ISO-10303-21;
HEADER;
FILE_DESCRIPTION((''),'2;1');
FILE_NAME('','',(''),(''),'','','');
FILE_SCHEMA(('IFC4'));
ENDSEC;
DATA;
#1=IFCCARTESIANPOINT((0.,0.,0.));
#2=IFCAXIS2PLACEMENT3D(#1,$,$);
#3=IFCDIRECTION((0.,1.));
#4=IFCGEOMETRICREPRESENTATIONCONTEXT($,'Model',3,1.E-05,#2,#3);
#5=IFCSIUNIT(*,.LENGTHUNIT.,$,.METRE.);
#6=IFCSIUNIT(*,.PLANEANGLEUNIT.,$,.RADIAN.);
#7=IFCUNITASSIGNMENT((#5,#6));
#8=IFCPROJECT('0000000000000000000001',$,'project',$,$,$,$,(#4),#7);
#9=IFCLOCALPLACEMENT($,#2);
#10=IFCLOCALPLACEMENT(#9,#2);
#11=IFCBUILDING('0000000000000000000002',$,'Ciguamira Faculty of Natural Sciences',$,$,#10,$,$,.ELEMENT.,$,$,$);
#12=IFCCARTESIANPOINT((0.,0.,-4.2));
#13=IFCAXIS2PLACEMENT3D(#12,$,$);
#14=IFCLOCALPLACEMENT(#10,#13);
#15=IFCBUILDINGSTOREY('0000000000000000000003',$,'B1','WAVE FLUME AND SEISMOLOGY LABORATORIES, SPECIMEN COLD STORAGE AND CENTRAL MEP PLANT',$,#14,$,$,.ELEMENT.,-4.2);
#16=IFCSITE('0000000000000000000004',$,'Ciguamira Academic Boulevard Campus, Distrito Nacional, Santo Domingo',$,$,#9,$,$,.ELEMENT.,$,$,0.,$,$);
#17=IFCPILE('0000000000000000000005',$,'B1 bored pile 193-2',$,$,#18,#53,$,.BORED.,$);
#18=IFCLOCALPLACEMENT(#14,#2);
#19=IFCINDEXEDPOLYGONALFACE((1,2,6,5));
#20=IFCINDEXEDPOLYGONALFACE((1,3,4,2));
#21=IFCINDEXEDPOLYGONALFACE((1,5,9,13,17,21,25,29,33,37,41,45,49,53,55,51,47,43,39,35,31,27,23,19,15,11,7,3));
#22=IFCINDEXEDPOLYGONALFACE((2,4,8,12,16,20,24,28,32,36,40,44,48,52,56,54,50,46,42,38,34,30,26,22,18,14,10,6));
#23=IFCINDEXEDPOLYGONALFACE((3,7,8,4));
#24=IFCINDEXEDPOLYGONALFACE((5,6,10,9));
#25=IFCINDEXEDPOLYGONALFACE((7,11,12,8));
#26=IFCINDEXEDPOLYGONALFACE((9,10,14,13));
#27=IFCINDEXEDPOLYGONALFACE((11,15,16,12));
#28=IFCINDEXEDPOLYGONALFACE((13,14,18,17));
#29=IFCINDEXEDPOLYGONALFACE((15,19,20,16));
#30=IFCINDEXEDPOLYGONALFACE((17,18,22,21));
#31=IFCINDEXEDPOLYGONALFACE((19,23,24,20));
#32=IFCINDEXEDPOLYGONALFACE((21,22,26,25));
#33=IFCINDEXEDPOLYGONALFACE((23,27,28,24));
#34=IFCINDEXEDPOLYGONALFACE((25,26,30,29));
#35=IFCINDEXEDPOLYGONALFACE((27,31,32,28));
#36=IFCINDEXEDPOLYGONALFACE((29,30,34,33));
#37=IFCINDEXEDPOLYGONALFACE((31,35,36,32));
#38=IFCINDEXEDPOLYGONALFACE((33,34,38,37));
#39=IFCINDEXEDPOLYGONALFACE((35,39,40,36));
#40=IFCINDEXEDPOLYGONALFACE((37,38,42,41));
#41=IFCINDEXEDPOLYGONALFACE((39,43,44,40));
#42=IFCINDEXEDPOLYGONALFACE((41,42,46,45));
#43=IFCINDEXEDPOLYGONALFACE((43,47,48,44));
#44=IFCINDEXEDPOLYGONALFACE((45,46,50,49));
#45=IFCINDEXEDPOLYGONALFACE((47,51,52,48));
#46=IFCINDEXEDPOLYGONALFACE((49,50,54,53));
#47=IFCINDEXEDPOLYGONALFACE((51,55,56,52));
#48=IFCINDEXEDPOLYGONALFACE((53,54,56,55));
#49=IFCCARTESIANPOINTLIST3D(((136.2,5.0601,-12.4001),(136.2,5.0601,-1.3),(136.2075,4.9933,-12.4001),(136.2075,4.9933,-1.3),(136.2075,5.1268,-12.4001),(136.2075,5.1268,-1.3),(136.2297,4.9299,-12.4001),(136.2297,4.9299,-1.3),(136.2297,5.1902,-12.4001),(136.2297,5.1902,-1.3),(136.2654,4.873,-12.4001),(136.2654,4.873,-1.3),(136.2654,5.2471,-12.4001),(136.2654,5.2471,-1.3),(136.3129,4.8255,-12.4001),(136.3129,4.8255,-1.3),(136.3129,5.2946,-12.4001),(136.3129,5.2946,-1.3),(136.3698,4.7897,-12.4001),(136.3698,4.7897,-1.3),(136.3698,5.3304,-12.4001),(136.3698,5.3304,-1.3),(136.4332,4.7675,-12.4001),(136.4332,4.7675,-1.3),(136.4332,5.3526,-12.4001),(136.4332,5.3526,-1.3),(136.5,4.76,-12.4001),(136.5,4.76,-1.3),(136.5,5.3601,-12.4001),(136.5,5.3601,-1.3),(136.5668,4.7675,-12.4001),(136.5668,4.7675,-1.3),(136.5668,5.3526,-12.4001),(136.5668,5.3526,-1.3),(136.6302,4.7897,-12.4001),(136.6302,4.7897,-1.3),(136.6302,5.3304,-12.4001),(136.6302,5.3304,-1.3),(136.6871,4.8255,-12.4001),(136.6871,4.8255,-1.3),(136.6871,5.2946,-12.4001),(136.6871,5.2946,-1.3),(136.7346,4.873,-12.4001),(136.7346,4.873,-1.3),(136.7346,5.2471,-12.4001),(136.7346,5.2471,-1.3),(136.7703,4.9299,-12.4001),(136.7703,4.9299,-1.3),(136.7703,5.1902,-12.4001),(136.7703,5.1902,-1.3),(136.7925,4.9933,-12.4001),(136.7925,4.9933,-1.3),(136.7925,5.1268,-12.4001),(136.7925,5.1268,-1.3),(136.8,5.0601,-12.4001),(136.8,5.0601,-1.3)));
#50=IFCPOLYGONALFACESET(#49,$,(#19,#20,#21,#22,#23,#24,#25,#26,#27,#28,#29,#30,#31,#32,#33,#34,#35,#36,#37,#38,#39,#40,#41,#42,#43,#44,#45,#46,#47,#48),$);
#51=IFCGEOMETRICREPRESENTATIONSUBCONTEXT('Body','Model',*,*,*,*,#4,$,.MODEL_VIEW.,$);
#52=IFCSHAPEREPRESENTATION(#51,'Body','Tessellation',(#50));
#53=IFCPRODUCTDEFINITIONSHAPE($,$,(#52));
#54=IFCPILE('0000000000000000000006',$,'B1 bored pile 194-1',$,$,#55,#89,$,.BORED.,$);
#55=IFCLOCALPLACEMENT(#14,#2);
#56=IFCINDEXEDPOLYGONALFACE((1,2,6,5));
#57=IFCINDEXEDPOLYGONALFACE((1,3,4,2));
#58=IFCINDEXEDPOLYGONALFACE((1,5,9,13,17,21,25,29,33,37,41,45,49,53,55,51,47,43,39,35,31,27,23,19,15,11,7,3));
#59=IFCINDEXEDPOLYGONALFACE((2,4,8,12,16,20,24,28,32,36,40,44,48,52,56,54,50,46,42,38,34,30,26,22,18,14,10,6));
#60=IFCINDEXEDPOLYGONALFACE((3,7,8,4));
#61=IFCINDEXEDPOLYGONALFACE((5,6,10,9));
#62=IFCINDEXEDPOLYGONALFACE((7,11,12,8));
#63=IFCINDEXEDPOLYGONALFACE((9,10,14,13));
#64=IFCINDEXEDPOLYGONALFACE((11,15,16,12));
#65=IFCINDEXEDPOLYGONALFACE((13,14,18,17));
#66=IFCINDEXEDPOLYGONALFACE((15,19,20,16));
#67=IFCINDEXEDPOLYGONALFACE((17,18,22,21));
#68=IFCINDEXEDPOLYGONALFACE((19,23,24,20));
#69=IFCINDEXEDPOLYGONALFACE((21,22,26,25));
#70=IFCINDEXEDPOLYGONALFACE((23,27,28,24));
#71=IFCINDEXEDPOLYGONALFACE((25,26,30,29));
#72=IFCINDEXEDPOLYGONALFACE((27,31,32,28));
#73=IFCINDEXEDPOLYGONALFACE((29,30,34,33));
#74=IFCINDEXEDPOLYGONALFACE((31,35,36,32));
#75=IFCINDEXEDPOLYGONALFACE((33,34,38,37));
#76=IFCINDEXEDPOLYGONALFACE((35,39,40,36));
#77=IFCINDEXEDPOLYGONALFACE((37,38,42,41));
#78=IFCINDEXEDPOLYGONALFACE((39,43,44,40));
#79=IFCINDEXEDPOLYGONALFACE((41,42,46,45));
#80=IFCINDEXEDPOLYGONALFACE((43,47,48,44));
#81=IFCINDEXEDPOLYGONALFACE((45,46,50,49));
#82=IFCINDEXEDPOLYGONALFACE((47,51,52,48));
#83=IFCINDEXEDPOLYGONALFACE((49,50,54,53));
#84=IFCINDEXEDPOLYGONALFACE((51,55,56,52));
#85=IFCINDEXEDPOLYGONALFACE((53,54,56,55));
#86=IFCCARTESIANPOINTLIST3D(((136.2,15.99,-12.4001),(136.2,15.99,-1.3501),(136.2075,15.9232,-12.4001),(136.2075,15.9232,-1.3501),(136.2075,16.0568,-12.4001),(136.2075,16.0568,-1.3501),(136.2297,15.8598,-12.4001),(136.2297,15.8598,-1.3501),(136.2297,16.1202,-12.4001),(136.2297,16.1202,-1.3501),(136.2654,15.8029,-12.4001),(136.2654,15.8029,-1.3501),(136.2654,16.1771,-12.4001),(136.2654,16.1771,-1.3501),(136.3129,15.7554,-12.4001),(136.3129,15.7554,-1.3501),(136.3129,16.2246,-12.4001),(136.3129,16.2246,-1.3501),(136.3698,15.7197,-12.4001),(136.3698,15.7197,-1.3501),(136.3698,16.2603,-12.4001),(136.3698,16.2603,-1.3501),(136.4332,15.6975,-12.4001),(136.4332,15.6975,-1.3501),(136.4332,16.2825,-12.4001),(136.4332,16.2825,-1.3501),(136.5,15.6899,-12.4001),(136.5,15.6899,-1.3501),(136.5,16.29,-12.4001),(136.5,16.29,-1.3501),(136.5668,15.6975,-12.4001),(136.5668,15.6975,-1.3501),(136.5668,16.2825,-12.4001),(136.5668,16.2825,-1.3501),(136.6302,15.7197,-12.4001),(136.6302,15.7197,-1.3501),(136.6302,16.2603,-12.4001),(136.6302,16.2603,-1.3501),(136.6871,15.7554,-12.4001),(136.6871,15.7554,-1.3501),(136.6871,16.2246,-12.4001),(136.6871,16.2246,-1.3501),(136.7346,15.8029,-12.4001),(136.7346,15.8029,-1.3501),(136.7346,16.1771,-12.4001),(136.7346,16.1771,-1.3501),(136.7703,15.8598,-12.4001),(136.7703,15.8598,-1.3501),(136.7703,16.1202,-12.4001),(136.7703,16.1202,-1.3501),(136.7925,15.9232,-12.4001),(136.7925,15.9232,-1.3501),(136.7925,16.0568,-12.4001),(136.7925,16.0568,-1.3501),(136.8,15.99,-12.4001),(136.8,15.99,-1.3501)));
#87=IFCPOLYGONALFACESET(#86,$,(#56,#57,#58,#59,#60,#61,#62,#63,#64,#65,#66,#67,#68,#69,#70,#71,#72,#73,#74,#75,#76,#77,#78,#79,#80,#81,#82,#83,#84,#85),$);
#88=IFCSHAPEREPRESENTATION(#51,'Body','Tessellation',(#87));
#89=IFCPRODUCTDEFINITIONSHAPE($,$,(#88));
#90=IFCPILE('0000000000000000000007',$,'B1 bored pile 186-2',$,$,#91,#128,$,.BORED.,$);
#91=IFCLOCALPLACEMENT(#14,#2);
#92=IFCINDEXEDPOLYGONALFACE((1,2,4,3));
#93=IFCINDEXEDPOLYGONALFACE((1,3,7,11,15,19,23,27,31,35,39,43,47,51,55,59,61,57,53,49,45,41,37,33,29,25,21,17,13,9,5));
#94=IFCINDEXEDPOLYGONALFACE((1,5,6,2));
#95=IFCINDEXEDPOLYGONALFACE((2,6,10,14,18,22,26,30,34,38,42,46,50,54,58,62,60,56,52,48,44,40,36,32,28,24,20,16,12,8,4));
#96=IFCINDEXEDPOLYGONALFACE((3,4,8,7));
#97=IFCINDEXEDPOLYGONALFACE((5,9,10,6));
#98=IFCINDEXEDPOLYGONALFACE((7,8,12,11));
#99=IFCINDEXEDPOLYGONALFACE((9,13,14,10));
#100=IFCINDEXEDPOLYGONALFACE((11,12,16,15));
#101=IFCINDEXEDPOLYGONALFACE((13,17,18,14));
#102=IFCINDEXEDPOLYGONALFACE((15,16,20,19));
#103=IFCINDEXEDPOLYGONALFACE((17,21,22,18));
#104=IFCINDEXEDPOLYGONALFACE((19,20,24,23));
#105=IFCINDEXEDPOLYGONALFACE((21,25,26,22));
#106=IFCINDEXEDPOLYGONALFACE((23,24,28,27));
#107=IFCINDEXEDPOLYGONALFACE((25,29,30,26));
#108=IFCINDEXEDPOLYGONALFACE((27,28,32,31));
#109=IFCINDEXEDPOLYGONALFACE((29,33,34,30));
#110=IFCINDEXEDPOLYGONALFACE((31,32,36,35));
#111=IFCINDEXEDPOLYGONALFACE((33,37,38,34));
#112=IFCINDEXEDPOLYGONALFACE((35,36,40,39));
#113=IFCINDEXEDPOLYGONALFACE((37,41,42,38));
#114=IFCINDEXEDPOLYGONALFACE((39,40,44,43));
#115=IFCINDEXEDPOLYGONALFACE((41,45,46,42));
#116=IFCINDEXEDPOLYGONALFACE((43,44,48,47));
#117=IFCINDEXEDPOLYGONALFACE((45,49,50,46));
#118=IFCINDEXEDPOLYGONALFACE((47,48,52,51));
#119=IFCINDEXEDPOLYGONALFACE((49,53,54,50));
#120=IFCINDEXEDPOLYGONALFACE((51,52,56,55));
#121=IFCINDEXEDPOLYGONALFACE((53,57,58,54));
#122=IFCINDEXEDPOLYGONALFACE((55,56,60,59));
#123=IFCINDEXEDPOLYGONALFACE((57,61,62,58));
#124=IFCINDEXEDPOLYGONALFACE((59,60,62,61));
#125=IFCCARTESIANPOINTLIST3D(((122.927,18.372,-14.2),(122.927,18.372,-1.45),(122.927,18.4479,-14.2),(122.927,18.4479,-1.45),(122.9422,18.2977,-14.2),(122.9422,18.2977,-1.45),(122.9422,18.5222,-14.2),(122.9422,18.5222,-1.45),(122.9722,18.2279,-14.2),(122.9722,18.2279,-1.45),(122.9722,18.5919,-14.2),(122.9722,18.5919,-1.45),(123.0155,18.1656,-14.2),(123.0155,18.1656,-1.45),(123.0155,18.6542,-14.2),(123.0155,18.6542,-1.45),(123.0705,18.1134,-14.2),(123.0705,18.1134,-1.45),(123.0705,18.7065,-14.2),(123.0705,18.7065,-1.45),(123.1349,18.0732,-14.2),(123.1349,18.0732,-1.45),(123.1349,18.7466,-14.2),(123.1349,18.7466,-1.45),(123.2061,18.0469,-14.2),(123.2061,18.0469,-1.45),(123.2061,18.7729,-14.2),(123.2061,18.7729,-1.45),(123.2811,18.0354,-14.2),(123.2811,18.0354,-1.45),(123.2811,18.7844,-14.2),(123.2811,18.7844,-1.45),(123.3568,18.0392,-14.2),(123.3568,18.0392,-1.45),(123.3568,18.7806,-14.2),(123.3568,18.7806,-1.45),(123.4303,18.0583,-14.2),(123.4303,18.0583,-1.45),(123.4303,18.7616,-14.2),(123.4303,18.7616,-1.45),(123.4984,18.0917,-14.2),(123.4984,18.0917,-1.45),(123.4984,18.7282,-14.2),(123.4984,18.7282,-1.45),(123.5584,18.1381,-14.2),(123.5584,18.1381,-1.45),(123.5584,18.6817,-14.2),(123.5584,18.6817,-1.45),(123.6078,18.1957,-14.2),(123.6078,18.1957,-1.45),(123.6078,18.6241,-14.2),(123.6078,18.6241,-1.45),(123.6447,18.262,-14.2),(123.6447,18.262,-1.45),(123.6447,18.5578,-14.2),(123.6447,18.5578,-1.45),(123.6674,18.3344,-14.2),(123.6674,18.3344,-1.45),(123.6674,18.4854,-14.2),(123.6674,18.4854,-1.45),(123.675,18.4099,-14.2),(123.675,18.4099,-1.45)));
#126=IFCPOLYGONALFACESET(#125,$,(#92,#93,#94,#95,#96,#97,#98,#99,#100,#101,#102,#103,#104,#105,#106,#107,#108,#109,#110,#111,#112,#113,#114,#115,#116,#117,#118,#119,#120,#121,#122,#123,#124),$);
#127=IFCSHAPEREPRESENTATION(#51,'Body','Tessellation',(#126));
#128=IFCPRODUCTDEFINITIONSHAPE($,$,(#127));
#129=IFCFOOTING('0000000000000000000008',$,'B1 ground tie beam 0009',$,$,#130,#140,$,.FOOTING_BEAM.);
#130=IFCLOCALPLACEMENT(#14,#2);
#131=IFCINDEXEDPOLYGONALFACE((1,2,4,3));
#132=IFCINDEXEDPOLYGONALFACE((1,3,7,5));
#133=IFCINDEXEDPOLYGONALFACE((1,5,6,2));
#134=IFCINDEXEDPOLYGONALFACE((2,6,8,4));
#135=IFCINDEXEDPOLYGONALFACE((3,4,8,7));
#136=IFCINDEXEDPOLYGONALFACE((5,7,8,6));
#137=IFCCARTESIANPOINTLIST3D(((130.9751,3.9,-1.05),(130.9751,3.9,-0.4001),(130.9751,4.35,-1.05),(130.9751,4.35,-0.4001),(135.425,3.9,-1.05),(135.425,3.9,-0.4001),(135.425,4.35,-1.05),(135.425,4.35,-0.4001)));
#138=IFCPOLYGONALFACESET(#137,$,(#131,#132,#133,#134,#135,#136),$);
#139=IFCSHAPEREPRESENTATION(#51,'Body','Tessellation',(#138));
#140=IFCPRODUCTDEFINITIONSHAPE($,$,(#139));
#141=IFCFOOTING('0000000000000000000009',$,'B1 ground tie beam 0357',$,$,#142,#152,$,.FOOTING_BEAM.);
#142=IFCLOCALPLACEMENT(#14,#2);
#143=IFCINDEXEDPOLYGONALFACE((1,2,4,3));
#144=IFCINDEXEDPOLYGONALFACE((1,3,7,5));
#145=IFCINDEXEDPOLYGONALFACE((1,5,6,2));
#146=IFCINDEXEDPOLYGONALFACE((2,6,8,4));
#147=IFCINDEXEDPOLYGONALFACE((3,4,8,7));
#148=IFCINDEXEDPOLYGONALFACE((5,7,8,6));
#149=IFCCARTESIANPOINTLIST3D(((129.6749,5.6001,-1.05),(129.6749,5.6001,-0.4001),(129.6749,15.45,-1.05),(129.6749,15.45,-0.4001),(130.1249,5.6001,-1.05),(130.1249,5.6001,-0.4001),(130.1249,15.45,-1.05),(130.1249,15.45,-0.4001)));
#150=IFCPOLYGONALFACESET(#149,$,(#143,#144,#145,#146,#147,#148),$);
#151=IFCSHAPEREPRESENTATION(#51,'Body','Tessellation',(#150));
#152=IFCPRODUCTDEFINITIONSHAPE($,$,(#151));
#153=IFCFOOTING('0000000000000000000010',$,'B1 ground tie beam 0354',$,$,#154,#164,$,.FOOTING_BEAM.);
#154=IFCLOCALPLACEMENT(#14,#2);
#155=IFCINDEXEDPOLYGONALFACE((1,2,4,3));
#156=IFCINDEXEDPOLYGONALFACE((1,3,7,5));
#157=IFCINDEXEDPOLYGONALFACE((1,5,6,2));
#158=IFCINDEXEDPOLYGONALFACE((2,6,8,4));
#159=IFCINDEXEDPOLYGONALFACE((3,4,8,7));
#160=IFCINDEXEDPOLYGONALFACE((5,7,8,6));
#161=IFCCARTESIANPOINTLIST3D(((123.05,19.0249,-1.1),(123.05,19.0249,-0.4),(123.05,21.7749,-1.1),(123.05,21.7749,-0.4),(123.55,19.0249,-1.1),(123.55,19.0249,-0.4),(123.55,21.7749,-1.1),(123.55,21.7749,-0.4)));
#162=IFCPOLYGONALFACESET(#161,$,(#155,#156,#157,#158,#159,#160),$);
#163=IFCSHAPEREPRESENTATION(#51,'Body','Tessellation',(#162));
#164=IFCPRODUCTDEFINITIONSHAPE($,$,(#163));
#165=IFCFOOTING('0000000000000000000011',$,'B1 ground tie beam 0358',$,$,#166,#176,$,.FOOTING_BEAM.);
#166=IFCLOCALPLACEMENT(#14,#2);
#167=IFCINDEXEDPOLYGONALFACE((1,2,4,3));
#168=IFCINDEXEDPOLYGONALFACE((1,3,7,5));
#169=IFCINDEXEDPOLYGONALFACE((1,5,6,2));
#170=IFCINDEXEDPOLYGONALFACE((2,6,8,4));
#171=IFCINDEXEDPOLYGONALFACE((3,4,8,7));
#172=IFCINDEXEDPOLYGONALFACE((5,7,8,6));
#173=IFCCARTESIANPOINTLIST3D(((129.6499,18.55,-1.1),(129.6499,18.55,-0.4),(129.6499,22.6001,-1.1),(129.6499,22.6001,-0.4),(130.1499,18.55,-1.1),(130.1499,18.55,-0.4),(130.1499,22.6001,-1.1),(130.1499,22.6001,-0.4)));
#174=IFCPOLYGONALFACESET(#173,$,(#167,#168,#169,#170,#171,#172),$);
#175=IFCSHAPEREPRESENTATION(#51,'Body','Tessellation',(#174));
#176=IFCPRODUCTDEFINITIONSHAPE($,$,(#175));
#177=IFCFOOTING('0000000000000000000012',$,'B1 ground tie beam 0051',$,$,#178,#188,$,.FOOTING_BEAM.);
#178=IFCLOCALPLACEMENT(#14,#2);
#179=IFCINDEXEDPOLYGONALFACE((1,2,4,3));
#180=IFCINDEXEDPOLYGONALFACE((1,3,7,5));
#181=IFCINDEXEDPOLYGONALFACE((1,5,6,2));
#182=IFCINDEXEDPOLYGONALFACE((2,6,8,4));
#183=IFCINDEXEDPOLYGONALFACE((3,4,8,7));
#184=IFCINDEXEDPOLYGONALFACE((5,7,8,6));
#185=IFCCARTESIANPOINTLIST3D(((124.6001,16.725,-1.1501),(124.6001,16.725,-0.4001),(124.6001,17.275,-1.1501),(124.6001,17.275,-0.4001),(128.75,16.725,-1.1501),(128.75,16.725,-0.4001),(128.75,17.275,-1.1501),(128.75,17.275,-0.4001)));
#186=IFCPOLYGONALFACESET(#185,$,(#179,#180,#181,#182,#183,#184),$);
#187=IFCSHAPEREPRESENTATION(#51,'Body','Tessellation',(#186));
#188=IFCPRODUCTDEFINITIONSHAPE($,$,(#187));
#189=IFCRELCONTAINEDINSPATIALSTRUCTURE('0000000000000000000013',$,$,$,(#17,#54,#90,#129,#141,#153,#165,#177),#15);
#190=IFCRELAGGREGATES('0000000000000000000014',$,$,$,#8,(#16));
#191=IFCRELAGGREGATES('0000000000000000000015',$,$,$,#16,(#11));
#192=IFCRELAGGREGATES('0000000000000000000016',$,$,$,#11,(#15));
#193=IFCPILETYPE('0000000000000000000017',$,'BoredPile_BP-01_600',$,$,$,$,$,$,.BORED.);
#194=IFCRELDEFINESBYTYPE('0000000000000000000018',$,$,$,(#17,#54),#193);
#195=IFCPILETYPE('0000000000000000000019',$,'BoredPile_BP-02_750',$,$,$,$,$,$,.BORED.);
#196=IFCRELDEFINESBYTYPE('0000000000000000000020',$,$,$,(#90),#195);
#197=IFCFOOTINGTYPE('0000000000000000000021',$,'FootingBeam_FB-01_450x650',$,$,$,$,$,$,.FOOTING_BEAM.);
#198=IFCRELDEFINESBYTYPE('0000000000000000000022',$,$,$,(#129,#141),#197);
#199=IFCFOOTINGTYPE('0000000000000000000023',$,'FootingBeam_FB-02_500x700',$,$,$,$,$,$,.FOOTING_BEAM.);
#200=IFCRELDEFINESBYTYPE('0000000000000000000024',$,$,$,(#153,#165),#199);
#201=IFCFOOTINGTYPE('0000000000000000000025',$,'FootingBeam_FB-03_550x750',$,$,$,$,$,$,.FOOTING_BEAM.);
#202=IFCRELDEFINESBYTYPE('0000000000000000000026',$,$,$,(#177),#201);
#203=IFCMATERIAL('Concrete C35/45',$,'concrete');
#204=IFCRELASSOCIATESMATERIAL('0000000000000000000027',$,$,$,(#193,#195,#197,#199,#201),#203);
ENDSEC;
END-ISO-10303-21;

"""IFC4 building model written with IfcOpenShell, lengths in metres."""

from ifc_helpers import new_model, si_unit, direction, frame, origin, origin_2d, place, context, subcontext, project, spatial, rectangle, circle, extrude, material, material_profile, profile_set, type_object, element, save


model = new_model("IFC4")

# Units and contexts
model_context = context("Model", 3, precision=1e-05, world=origin(), true_north=direction((0.0, 1.0)))
body_context = subcontext(model_context, "Body", "Model", "MODEL_VIEW")
ifc_project = project(units=[si_unit("LENGTHUNIT", "METRE"), si_unit("PLANEANGLEUNIT", "RADIAN")], contexts=[model_context])

# Site, building, storey
site_placement = place(None, origin())
site = spatial("IfcSite", under=ifc_project, at=site_placement, Name="Ciguamira Academic Boulevard Campus, Distrito Nacional, Santo Domingo", CompositionType="ELEMENT", RefElevation=0.0)
building_placement = place(site_placement, origin())
building = spatial("IfcBuilding", under=site, at=building_placement, Name="Ciguamira Faculty of Natural Sciences", CompositionType="ELEMENT")
storey_placement = place(building_placement, frame((0.0, 0.0, -4.2)))
storey = spatial("IfcBuildingStorey", under=building, at=storey_placement, Name="B1", Description="WAVE FLUME AND SEISMOLOGY LABORATORIES, SPECIMEN COLD STORAGE AND CENTRAL MEP PLANT", CompositionType="ELEMENT", Elevation=-4.2)

# Piles
ifc_material_1 = material(Name="Concrete C35/45", Category="concrete")
ifc_material_profile_1 = material_profile(ifc_material_1, circle(Radius=0.3, at=origin_2d()), Name="PILE-BORED-600")
ifc_profile_set_1 = profile_set([ifc_material_profile_1], Name="Concrete C35/45")
pile_type_1 = type_object("IfcPileType", Name="BoredPile_BP-01_600", PredefinedType="BORED", material=ifc_profile_set_1)
for number, where, z_axis, x_axis, name in (
    (1, (136.5, 5.0601, -1.3), (0.0, 0.0, -1.0), (1.0, 0.0, 0.0), "B1 bored pile 193-2"),
):
    element("IfcPile", number, at=place(storey_placement, frame(where, z_axis=z_axis, x_axis=x_axis)), inside=storey, type_object=pile_type_1, Name=name, PredefinedType="BORED", context=body_context, shape_type="SweptSolid", body=[
        extrude(circle(Radius=0.3, at=origin_2d()), origin(), (0.0, 0.0, 1.0), 11.1001),
    ])
pile_1_placement = place(storey_placement, frame((136.5, 15.99, -1.3501), z_axis=(0.0, 0.0, -1.0), x_axis=(1.0, 0.0, 0.0)))
element("IfcPile", 2, at=pile_1_placement, inside=storey, type_object=pile_type_1, Name="B1 bored pile 194-1", PredefinedType="BORED", context=body_context, shape_type="SweptSolid", body=[
    extrude(circle(Radius=0.3, at=origin_2d()), origin(), (0.0, 0.0, 1.0), 11.05),
])
ifc_material_profile_2 = material_profile(ifc_material_1, circle(Radius=0.375, at=origin_2d()), Name="PILE-BORED-750")
ifc_profile_set_2 = profile_set([ifc_material_profile_2], Name="Concrete C35/45")
pile_type_2 = type_object("IfcPileType", Name="BoredPile_BP-02_750", PredefinedType="BORED", material=ifc_profile_set_2)
pile_2_placement = place(storey_placement, frame((123.3, 18.4099, -1.45), z_axis=(0.0, 0.0, -1.0), x_axis=(1.0, 0.0, 0.0)))
element("IfcPile", 3, at=pile_2_placement, inside=storey, type_object=pile_type_2, Name="B1 bored pile 186-2", PredefinedType="BORED", context=body_context, shape_type="SweptSolid", body=[
    extrude(circle(Radius=0.375, at=origin_2d()), origin(), (0.0, 0.0, 1.0), 12.75),
])

# Footings
ifc_material_profile_3 = material_profile(ifc_material_1, rectangle(XDim=0.45, YDim=0.6499, at=origin_2d()), Name="RC-FB-450X650")
ifc_profile_set_3 = profile_set([ifc_material_profile_3], Name="Concrete C35/45")
footing_type_1 = type_object("IfcFootingType", Name="FootingBeam_FB-01_450x650", PredefinedType="FOOTING_BEAM", material=ifc_profile_set_3)
footing_1_placement = place(storey_placement, frame((130.9751, 4.125, -0.7251), z_axis=(1.0, 0.0, 0.0), x_axis=(0.0, 1.0, 0.0)))
element("IfcFooting", 4, at=footing_1_placement, inside=storey, type_object=footing_type_1, Name="B1 ground tie beam 0009", PredefinedType="FOOTING_BEAM", context=body_context, shape_type="SweptSolid", body=[
    extrude(rectangle(XDim=0.45, YDim=0.6499, at=origin_2d()), origin(), (0.0, 0.0, 1.0), 4.45),
])
footing_2_placement = place(storey_placement, frame((129.8999, 5.6001, -0.7251), z_axis=(0.0, 1.0, 0.0), x_axis=(-1.0, 0.0, 0.0)))
element("IfcFooting", 5, at=footing_2_placement, inside=storey, type_object=footing_type_1, Name="B1 ground tie beam 0357", PredefinedType="FOOTING_BEAM", context=body_context, shape_type="SweptSolid", body=[
    extrude(rectangle(XDim=0.45, YDim=0.6499, at=origin_2d()), origin(), (0.0, 0.0, 1.0), 9.8499),
])
ifc_material_profile_4 = material_profile(ifc_material_1, rectangle(XDim=0.5, YDim=0.7, at=origin_2d()), Name="RC-FB-500X700")
ifc_profile_set_4 = profile_set([ifc_material_profile_4], Name="Concrete C35/45")
footing_type_2 = type_object("IfcFootingType", Name="FootingBeam_FB-02_500x700", PredefinedType="FOOTING_BEAM", material=ifc_profile_set_4)
footing_3_placement = place(storey_placement, frame((123.3, 19.0249, -0.75), z_axis=(0.0, 1.0, 0.0), x_axis=(-1.0, 0.0, 0.0)))
element("IfcFooting", 6, at=footing_3_placement, inside=storey, type_object=footing_type_2, Name="B1 ground tie beam 0354", PredefinedType="FOOTING_BEAM", context=body_context, shape_type="SweptSolid", body=[
    extrude(rectangle(XDim=0.5, YDim=0.7, at=origin_2d()), origin(), (0.0, 0.0, 1.0), 2.75),
])
footing_4_placement = place(storey_placement, frame((129.8999, 18.55, -0.75), z_axis=(0.0, 1.0, 0.0), x_axis=(-1.0, 0.0, 0.0)))
element("IfcFooting", 7, at=footing_4_placement, inside=storey, type_object=footing_type_2, Name="B1 ground tie beam 0358", PredefinedType="FOOTING_BEAM", context=body_context, shape_type="SweptSolid", body=[
    extrude(rectangle(XDim=0.5, YDim=0.7, at=origin_2d()), origin(), (0.0, 0.0, 1.0), 4.05),
])
ifc_material_profile_5 = material_profile(ifc_material_1, rectangle(XDim=0.55, YDim=0.75, at=origin_2d()), Name="RC-FB-550X750")
ifc_profile_set_5 = profile_set([ifc_material_profile_5], Name="Concrete C35/45")
footing_type_3 = type_object("IfcFootingType", Name="FootingBeam_FB-03_550x750", PredefinedType="FOOTING_BEAM", material=ifc_profile_set_5)
footing_5_placement = place(storey_placement, frame((124.6001, 17.0, -0.7751), z_axis=(1.0, 0.0, 0.0), x_axis=(0.0, 1.0, 0.0)))
element("IfcFooting", 8, at=footing_5_placement, inside=storey, type_object=footing_type_3, Name="B1 ground tie beam 0051", PredefinedType="FOOTING_BEAM", context=body_context, shape_type="SweptSolid", body=[
    extrude(rectangle(XDim=0.55, YDim=0.75, at=origin_2d()), origin(), (0.0, 0.0, 1.0), 4.1499),
])

save(model, "model.ifc")
